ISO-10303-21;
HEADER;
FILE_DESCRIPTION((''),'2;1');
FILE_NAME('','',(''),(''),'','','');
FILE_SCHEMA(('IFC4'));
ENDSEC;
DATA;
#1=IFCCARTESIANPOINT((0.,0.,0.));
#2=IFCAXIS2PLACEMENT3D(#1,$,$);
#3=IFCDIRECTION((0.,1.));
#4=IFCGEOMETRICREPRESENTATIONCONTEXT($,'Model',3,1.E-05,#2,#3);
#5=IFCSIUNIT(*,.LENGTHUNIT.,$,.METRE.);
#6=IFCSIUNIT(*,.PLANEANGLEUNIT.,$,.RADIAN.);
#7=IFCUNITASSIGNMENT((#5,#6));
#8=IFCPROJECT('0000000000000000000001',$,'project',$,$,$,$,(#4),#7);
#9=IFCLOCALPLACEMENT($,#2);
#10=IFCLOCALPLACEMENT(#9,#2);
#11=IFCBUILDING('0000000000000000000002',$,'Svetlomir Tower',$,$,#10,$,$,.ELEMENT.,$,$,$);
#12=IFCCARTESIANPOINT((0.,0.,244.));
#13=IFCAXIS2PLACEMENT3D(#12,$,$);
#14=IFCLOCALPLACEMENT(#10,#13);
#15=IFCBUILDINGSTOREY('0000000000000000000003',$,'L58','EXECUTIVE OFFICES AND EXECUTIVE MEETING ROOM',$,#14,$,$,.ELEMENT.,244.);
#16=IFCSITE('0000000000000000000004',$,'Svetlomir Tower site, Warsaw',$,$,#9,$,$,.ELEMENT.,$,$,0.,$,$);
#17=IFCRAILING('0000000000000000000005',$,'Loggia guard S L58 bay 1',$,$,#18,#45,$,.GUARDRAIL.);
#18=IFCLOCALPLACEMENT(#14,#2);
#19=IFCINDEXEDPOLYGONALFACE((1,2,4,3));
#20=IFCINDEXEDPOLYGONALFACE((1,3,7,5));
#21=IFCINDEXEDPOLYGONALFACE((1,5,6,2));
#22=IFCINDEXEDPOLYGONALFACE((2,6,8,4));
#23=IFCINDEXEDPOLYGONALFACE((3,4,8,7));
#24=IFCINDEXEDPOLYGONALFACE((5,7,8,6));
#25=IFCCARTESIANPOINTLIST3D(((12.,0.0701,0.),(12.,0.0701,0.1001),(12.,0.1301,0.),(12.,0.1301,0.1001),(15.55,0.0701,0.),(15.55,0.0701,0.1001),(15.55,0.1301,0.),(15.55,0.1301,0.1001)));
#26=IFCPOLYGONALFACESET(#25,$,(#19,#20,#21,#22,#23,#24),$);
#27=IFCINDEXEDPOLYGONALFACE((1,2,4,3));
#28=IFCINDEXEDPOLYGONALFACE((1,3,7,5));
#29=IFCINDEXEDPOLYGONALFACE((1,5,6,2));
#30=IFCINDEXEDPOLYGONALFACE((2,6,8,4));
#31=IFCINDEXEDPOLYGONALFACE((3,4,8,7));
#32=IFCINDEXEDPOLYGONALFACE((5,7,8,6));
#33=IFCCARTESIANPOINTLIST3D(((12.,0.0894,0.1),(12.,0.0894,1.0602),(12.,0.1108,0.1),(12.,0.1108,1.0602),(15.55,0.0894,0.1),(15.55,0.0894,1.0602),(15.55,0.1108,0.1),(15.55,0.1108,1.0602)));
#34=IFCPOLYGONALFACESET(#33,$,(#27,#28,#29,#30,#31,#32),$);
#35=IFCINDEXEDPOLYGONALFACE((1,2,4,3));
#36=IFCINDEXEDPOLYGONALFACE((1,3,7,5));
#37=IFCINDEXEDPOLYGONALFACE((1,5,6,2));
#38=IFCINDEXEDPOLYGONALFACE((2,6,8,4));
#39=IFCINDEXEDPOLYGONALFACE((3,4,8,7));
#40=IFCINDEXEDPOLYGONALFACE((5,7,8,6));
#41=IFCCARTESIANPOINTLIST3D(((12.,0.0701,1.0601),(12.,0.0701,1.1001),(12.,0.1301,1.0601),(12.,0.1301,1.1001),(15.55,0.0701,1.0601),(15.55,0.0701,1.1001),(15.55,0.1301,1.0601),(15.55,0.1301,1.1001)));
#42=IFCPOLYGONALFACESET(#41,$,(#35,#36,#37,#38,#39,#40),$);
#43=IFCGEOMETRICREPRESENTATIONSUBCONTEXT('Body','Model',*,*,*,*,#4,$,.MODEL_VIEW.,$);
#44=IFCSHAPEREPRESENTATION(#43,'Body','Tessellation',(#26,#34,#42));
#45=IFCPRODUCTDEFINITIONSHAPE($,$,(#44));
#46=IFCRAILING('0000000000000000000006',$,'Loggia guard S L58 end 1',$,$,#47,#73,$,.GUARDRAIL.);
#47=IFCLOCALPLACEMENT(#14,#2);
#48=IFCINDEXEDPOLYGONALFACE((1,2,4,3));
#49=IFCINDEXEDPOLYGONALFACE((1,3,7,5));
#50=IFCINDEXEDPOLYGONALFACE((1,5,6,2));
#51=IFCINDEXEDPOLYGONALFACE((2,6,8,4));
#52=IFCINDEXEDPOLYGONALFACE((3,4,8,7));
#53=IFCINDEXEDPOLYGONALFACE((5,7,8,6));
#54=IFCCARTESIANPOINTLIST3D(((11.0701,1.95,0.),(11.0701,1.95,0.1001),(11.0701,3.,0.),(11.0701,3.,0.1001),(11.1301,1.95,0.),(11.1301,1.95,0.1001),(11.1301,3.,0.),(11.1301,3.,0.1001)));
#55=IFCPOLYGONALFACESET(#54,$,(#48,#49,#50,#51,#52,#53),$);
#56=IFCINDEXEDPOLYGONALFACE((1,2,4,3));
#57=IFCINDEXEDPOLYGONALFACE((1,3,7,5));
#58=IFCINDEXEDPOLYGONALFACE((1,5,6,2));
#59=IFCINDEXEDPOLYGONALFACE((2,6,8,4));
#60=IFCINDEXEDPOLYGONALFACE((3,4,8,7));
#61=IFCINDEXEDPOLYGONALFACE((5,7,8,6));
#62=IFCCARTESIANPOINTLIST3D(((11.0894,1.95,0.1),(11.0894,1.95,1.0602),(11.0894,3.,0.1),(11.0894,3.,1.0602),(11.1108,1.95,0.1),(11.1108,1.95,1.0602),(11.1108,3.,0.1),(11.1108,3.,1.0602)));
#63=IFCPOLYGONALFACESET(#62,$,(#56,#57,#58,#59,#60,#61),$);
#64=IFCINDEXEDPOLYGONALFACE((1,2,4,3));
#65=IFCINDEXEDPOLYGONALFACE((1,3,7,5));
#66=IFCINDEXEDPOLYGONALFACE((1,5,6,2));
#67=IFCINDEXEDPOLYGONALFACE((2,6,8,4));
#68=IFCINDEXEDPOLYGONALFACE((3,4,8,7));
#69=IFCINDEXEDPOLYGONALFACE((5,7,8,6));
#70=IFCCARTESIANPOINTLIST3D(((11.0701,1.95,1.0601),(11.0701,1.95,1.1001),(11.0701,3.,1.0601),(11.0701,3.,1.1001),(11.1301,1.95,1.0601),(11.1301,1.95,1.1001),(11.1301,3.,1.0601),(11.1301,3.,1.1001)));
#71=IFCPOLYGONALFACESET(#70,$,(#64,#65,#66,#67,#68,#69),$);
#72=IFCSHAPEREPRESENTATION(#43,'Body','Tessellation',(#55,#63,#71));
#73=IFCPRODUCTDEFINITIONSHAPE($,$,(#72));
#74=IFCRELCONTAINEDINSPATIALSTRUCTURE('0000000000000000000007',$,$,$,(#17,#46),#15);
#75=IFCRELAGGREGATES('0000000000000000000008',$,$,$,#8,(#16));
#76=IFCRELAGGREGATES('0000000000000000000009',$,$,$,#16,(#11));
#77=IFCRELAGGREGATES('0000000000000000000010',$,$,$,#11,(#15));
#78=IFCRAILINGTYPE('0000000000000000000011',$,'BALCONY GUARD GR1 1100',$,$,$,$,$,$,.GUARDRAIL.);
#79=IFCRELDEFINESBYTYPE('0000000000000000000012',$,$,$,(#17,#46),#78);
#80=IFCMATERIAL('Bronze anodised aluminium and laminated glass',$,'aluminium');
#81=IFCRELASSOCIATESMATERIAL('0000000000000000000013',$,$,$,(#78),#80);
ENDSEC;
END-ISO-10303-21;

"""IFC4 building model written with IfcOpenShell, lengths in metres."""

from ifc_helpers import new_model, si_unit, direction, frame, origin, origin_2d, place, context, subcontext, project, spatial, rectangle, extrude, material, type_object, element, save


model = new_model("IFC4")

# Units and contexts
model_context = context("Model", 3, precision=1e-05, world=origin(), true_north=direction((0.0, 1.0)))
body_context = subcontext(model_context, "Body", "Model", "MODEL_VIEW")
ifc_project = project(units=[si_unit("LENGTHUNIT", "METRE"), si_unit("PLANEANGLEUNIT", "RADIAN")], contexts=[model_context])

# Site, building, storey
site_placement = place(None, origin())
site = spatial("IfcSite", under=ifc_project, at=site_placement, Name="Svetlomir Tower site, Warsaw", CompositionType="ELEMENT", RefElevation=0.0)
building_placement = place(site_placement, origin())
building = spatial("IfcBuilding", under=site, at=building_placement, Name="Svetlomir Tower", CompositionType="ELEMENT")
storey_placement = place(building_placement, frame((0.0, 0.0, 244.0)))
storey = spatial("IfcBuildingStorey", under=building, at=storey_placement, Name="L58", Description="EXECUTIVE OFFICES AND EXECUTIVE MEETING ROOM", CompositionType="ELEMENT", Elevation=244.0)

# Railings
ifc_material_1 = material(Name="Bronze anodised aluminium and laminated glass", Category="aluminium")
railing_type = type_object("IfcRailingType", Name="BALCONY GUARD GR1 1100", PredefinedType="GUARDRAIL", material=ifc_material_1)
railing_1_placement = place(storey_placement, frame((12.0, 0.1001, 0.0)))
element("IfcRailing", 1, at=railing_1_placement, inside=storey, type_object=railing_type, Name="Loggia guard S L58 bay 1", PredefinedType="GUARDRAIL", context=body_context, shape_type="SweptSolid", body=[
    extrude(rectangle(XDim=0.0601, YDim=0.1001, at=origin_2d()), frame((0.0, 0.0, 0.05), z_axis=(1.0, 0.0, 0.0), x_axis=(0.0, 1.0, 0.0)), (0.0, 0.0, 1.0), 3.55),
    extrude(rectangle(XDim=0.0215, YDim=0.9602, at=origin_2d()), frame((0.0, 0.0, 0.5801), z_axis=(1.0, 0.0, 0.0), x_axis=(0.0, 1.0, 0.0)), (0.0, 0.0, 1.0), 3.55),
    extrude(rectangle(XDim=0.0601, YDim=0.04, at=origin_2d()), frame((0.0, 0.0, 1.0801), z_axis=(1.0, 0.0, 0.0), x_axis=(0.0, 1.0, 0.0)), (0.0, 0.0, 1.0), 3.55),
])
railing_2_placement = place(storey_placement, frame((11.1001, 1.95, 0.0)))
element("IfcRailing", 2, at=railing_2_placement, inside=storey, type_object=railing_type, Name="Loggia guard S L58 end 1", PredefinedType="GUARDRAIL", context=body_context, shape_type="SweptSolid", body=[
    extrude(rectangle(XDim=0.0601, YDim=0.1001, at=origin_2d()), frame((0.0, 0.0, 0.05), z_axis=(0.0, 1.0, 0.0), x_axis=(-1.0, 0.0, 0.0)), (0.0, 0.0, 1.0), 1.05),
    extrude(rectangle(XDim=0.0215, YDim=0.9602, at=origin_2d()), frame((0.0, 0.0, 0.5801), z_axis=(0.0, 1.0, 0.0), x_axis=(-1.0, 0.0, 0.0)), (0.0, 0.0, 1.0), 1.05),
    extrude(rectangle(XDim=0.0601, YDim=0.04, at=origin_2d()), frame((0.0, 0.0, 1.0801), z_axis=(0.0, 1.0, 0.0), x_axis=(-1.0, 0.0, 0.0)), (0.0, 0.0, 1.0), 1.05),
])

save(model, "model.ifc")
